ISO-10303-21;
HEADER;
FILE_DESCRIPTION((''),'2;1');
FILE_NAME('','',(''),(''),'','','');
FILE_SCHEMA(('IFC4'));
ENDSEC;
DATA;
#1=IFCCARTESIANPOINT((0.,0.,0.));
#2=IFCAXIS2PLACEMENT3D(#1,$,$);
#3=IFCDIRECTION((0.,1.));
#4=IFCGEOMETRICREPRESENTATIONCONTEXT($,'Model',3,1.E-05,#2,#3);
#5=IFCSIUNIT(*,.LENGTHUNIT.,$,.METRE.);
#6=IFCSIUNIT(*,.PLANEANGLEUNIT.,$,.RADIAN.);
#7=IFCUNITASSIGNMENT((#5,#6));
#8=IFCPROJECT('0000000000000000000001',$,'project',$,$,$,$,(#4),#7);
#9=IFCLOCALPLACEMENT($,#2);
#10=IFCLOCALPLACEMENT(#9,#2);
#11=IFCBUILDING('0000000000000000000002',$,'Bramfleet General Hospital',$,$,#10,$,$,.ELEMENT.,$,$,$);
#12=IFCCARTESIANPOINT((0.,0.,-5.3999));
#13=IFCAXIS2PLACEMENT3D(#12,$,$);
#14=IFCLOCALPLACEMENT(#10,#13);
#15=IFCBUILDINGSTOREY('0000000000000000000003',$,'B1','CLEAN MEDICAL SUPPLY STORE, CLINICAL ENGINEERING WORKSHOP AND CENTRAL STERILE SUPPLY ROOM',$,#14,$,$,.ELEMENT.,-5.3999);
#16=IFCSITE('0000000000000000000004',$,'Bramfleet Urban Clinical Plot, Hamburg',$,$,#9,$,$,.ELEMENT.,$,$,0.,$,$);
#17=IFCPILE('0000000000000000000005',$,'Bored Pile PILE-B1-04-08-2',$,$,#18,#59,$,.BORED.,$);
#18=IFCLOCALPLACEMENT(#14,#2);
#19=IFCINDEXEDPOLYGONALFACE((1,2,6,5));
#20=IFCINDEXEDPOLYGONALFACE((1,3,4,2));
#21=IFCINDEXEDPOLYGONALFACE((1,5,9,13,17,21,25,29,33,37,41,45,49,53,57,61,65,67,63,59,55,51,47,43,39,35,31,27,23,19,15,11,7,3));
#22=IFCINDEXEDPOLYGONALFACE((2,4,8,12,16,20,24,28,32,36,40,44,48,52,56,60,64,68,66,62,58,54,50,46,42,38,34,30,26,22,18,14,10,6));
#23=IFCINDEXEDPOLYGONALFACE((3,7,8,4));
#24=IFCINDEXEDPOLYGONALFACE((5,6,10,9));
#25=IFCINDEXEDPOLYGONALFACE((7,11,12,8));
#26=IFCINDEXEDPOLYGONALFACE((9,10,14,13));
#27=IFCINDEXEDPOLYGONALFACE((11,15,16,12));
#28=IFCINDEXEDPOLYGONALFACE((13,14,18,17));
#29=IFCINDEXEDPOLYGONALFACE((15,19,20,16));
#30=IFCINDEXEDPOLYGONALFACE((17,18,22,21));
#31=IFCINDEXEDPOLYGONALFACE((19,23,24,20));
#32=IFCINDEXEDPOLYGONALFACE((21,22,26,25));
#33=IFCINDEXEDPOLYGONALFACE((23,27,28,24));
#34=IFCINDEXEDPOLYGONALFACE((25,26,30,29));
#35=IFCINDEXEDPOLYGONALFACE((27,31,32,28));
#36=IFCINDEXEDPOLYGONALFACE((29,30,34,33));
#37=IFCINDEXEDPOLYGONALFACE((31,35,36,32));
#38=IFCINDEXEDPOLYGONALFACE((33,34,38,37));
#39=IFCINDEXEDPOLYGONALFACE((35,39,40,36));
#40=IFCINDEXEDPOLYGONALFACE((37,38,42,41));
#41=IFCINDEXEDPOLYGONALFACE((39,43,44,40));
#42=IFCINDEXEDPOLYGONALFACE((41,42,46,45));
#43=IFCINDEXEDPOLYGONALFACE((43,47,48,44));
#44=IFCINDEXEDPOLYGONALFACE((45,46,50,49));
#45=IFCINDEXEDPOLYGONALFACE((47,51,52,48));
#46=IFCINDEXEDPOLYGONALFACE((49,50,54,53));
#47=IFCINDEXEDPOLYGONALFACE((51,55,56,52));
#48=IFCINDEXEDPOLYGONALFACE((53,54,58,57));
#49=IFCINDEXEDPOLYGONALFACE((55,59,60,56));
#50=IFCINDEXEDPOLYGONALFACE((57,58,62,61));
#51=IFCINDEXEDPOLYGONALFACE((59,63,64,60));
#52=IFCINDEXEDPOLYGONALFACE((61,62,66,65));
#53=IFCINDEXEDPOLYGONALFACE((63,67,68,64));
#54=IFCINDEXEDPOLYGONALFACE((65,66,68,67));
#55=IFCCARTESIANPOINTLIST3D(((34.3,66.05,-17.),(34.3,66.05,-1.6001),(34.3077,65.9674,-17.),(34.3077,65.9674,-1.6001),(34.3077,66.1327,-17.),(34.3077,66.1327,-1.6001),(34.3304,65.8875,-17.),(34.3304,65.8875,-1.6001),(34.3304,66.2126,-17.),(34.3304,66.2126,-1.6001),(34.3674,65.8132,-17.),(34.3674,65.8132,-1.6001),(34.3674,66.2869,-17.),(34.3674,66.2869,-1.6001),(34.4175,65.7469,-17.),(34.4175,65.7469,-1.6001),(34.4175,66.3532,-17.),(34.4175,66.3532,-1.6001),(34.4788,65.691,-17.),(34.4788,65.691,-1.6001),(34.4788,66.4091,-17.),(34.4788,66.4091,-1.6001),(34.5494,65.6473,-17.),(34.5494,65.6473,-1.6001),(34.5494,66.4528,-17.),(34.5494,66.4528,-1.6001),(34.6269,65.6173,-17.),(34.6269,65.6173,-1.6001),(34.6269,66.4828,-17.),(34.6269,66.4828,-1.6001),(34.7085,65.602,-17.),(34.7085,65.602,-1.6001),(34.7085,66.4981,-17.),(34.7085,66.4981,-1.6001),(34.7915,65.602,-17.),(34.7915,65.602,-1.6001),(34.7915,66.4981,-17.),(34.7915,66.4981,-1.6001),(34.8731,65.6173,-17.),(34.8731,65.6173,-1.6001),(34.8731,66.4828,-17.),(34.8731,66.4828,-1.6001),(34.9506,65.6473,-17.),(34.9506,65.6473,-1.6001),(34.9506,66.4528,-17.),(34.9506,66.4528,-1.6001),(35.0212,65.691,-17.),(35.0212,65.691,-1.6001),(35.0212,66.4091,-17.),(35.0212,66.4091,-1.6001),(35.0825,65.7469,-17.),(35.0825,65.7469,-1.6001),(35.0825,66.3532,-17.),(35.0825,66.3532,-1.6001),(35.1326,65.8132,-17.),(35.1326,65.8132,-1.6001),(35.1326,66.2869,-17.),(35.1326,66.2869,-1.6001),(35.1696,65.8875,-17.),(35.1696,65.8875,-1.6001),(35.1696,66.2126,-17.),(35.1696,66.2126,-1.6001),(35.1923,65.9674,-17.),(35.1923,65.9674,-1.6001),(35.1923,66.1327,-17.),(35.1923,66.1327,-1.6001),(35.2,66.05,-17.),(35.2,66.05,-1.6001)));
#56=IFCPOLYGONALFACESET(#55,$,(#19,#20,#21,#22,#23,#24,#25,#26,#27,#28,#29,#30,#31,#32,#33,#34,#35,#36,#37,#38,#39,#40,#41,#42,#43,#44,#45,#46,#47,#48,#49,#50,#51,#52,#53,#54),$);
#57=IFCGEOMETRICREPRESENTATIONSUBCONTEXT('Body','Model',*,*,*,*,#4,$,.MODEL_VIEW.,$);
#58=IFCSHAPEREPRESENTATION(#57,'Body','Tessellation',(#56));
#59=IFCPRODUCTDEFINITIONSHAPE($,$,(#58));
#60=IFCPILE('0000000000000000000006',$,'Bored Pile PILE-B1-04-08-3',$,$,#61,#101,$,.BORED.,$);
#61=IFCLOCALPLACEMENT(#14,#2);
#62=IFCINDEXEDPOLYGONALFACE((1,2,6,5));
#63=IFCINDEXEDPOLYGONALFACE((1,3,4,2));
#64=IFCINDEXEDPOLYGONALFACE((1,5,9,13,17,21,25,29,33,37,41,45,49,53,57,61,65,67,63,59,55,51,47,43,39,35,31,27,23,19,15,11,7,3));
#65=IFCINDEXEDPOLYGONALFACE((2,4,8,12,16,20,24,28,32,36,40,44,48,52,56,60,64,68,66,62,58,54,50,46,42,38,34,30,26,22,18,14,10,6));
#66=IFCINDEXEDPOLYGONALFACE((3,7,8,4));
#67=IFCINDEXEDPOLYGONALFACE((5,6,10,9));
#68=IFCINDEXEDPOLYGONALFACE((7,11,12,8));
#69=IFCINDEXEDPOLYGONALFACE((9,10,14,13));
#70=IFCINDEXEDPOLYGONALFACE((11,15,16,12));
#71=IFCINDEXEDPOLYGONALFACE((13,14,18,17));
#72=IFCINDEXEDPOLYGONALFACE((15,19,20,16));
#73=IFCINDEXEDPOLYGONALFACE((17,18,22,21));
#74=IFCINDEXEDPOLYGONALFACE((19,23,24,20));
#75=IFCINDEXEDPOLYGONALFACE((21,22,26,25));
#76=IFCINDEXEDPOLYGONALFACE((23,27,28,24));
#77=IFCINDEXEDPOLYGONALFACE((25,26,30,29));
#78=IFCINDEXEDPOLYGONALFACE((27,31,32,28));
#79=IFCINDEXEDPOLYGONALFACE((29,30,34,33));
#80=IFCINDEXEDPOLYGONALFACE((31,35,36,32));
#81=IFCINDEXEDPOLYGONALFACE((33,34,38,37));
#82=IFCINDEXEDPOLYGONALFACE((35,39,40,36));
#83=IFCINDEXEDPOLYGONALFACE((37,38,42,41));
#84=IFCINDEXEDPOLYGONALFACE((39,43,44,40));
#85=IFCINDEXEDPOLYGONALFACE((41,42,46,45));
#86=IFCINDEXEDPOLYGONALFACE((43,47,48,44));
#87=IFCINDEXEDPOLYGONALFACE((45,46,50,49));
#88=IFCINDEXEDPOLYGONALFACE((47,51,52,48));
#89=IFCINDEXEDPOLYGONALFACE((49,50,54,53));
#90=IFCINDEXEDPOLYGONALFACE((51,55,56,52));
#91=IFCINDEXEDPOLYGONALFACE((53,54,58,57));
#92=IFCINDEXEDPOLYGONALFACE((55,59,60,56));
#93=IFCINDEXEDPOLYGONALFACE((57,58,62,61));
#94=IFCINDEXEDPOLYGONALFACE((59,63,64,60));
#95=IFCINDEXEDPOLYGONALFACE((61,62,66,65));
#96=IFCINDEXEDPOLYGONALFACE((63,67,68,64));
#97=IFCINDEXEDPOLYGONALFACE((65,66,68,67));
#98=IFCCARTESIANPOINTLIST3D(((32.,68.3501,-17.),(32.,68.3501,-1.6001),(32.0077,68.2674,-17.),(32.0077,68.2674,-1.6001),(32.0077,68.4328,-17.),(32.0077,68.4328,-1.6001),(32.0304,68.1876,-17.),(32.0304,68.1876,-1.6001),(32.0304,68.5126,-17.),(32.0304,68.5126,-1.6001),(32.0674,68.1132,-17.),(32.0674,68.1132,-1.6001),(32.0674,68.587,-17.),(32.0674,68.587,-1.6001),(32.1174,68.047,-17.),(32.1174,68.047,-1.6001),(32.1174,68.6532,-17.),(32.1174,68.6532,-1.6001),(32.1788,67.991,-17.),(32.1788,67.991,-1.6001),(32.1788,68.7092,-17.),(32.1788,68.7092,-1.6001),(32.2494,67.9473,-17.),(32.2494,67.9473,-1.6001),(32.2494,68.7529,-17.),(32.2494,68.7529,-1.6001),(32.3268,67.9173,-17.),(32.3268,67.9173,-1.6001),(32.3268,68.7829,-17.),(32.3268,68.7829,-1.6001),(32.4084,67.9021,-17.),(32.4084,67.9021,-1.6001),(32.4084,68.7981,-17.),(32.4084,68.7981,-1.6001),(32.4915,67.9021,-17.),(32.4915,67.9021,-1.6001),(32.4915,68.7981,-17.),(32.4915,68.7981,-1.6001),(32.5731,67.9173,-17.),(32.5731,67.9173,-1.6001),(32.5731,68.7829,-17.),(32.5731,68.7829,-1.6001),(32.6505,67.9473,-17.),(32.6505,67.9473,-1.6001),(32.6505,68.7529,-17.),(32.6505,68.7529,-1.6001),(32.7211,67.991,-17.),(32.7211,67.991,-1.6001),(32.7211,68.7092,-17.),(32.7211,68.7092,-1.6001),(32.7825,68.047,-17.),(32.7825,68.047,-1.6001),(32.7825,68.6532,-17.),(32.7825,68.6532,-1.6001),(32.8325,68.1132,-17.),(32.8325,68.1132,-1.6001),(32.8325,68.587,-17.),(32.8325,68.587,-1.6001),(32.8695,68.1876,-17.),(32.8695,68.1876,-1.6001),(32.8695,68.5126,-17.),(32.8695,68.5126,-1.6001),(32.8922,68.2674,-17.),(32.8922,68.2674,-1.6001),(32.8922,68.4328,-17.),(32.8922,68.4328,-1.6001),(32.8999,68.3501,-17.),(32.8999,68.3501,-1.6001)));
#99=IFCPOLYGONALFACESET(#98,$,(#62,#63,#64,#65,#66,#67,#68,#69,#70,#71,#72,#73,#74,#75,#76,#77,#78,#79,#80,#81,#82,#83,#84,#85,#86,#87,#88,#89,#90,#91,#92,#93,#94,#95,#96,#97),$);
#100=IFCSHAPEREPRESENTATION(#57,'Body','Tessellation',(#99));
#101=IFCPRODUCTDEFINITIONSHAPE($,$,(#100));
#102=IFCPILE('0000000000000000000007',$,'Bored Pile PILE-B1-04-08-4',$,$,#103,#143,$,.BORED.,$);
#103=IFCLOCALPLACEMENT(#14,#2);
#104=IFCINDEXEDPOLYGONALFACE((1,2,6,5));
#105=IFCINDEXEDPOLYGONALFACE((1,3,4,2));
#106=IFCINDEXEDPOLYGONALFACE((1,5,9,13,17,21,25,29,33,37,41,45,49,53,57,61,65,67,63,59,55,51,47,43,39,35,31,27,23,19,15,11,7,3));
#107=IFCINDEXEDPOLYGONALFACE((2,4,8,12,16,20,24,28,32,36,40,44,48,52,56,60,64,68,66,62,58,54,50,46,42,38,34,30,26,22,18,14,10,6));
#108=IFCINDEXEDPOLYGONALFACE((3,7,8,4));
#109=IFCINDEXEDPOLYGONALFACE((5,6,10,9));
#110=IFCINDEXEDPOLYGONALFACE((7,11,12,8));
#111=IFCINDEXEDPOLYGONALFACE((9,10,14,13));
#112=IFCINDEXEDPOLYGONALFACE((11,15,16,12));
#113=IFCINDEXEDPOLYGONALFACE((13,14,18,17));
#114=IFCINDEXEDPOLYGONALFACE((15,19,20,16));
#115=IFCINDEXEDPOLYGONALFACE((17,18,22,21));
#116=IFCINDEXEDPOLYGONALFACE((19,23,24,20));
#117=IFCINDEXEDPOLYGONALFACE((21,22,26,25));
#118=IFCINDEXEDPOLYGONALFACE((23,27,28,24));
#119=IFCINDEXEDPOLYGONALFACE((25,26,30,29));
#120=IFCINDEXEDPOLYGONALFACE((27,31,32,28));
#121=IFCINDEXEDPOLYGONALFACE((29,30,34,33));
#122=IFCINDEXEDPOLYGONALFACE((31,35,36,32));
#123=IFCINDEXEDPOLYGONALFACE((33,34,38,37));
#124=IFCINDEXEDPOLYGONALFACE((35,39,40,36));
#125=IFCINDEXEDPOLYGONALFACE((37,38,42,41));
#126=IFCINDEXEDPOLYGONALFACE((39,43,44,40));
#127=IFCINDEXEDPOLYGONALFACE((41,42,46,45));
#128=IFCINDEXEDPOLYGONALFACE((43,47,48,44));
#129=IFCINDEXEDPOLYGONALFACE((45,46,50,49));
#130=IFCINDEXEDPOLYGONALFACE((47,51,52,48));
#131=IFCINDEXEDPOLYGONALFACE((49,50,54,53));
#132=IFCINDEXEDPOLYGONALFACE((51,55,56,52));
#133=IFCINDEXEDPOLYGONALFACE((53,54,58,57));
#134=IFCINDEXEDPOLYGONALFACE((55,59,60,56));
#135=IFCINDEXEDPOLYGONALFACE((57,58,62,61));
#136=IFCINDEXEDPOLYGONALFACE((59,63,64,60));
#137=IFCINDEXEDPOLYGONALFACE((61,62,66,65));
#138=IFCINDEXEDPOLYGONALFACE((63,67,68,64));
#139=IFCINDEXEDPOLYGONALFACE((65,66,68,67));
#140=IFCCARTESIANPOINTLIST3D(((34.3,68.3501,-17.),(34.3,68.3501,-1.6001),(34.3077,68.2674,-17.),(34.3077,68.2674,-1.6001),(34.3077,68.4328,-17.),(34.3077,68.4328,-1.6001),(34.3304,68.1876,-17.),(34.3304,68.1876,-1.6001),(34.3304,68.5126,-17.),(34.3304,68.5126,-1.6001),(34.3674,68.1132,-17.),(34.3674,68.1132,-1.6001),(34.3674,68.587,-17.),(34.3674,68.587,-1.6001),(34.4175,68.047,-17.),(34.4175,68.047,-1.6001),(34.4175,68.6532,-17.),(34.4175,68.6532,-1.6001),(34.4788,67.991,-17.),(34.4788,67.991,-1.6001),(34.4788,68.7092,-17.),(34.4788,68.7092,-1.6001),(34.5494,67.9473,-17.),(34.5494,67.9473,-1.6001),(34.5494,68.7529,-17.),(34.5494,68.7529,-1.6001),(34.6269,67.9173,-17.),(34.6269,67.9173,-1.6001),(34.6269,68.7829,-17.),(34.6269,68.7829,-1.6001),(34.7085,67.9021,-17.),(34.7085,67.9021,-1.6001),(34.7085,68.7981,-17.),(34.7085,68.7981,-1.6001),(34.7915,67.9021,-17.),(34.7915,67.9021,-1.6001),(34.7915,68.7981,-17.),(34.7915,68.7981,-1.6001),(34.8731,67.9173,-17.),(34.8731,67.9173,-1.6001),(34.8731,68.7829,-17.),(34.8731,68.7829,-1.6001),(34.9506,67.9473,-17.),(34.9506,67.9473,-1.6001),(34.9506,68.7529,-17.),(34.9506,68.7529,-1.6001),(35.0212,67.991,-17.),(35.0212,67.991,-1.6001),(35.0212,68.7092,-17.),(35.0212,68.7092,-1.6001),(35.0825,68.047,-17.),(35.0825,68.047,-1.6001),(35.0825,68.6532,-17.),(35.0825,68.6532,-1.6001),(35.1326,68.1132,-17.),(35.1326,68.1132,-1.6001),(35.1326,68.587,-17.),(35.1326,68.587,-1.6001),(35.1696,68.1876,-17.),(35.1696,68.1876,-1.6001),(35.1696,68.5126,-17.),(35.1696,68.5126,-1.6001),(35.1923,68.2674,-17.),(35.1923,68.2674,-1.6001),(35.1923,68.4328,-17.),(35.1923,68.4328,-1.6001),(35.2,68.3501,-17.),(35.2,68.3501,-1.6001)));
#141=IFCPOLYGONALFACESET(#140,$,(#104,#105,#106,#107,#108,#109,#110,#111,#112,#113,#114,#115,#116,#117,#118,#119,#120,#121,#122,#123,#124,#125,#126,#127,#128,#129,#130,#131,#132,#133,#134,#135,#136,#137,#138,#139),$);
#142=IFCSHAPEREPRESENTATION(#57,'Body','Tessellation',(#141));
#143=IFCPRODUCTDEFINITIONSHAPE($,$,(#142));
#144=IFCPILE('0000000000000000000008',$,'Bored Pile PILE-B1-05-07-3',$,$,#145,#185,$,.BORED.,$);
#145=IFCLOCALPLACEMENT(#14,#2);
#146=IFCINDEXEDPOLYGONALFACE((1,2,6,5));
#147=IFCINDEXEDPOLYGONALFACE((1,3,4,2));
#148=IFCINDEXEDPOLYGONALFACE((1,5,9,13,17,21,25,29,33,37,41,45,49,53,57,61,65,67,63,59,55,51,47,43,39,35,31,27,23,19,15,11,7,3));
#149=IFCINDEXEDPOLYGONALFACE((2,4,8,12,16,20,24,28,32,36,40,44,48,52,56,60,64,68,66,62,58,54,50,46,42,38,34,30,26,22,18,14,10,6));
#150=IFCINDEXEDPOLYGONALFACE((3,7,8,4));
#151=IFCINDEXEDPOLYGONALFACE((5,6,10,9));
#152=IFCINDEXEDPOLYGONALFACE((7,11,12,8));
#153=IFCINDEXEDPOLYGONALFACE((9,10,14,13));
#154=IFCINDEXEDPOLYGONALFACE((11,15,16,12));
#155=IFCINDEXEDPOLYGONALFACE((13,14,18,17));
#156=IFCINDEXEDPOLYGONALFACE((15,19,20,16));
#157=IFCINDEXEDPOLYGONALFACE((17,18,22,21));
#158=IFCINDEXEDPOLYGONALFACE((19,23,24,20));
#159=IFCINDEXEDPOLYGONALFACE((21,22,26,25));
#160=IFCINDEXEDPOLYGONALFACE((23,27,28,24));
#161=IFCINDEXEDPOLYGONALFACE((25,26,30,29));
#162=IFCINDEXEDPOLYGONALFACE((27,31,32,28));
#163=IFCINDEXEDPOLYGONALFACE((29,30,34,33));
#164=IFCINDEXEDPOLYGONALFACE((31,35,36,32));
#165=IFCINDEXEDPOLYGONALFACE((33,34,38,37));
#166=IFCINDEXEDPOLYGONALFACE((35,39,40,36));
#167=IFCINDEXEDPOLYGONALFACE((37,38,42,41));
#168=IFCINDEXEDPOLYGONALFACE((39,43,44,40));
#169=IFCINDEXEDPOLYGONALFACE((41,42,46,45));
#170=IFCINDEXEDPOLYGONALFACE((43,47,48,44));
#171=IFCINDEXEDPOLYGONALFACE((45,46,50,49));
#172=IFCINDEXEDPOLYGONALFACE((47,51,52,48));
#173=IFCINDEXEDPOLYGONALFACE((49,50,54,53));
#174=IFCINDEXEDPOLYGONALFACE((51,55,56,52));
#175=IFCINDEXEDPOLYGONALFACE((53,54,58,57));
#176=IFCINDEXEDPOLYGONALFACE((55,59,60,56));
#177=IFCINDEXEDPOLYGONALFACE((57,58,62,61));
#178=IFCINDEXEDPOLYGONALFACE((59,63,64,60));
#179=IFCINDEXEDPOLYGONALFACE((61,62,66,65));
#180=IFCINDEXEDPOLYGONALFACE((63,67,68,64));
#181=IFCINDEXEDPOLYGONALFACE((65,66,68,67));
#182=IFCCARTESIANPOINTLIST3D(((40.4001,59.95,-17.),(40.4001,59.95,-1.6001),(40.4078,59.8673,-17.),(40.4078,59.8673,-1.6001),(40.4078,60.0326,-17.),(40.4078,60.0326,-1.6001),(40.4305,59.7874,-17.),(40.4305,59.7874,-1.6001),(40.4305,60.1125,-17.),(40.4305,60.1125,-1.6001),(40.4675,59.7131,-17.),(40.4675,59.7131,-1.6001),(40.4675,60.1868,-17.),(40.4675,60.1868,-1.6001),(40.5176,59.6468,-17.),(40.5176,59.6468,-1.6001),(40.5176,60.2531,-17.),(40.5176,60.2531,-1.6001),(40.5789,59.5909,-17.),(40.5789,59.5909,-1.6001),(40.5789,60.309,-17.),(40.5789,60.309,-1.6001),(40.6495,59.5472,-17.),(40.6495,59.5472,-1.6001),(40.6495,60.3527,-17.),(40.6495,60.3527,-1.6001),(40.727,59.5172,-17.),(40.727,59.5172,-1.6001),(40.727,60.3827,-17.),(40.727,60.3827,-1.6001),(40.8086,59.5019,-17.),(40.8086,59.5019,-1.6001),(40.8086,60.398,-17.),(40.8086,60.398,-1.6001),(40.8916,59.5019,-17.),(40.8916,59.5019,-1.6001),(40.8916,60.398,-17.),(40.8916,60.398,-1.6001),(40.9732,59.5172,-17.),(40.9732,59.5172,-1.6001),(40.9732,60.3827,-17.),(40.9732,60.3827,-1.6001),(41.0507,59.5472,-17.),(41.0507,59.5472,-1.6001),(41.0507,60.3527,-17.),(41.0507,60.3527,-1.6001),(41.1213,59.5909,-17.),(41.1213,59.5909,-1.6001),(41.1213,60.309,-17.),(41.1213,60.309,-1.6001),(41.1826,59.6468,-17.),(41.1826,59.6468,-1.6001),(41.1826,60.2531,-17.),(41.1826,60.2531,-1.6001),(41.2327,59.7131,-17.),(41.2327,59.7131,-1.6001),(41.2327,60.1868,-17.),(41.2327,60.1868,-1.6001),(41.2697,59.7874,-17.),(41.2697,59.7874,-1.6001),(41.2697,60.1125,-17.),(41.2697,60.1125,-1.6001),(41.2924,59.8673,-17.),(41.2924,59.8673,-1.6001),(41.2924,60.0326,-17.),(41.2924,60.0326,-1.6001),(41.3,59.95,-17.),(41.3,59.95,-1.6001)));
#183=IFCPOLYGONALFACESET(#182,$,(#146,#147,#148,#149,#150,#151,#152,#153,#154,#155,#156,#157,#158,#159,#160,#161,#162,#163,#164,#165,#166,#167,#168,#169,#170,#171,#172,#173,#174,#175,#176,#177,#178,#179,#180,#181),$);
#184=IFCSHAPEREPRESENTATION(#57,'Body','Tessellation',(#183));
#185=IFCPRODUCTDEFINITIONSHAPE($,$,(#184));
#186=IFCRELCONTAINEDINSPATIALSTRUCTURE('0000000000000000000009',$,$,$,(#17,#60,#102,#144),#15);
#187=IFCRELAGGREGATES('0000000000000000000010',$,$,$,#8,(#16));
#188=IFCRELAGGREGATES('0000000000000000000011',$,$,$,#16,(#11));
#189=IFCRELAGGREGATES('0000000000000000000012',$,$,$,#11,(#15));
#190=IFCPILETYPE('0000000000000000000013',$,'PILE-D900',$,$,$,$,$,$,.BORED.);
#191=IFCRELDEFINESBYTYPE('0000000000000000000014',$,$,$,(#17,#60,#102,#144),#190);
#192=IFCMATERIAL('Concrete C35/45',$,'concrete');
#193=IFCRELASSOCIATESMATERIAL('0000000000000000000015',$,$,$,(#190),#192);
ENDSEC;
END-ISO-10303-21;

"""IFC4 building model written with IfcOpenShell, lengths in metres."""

from ifc_helpers import new_model, si_unit, direction, frame, origin, origin_2d, place, context, subcontext, project, spatial, circle, extrude, material, material_profile, profile_set, type_object, element, save


model = new_model("IFC4")

# Units and contexts
model_context = context("Model", 3, precision=1e-05, world=origin(), true_north=direction((0.0, 1.0)))
body_context = subcontext(model_context, "Body", "Model", "MODEL_VIEW")
ifc_project = project(units=[si_unit("LENGTHUNIT", "METRE"), si_unit("PLANEANGLEUNIT", "RADIAN")], contexts=[model_context])

# Site, building, storey
site_placement = place(None, origin())
site = spatial("IfcSite", under=ifc_project, at=site_placement, Name="Bramfleet Urban Clinical Plot, Hamburg", CompositionType="ELEMENT", RefElevation=0.0)
building_placement = place(site_placement, origin())
building = spatial("IfcBuilding", under=site, at=building_placement, Name="Bramfleet General Hospital", CompositionType="ELEMENT")
storey_placement = place(building_placement, frame((0.0, 0.0, -5.3999)))
storey = spatial("IfcBuildingStorey", under=building, at=storey_placement, Name="B1", Description="CLEAN MEDICAL SUPPLY STORE, CLINICAL ENGINEERING WORKSHOP AND CENTRAL STERILE SUPPLY ROOM", CompositionType="ELEMENT", Elevation=-5.3999)

# Shared definitions
ifc_material_1 = material(Name="Concrete C35/45", Category="concrete")

# Piles
ifc_material_profile_1 = material_profile(ifc_material_1, circle(Radius=0.45, at=origin_2d()), Name="PILE BORED D900")
ifc_profile_set_1 = profile_set([ifc_material_profile_1], Name="Concrete C35/45")
pile_type = type_object("IfcPileType", Name="PILE-D900", PredefinedType="BORED", material=ifc_profile_set_1)
for number, where, z_axis, x_axis, name in (
    (1, (34.75, 66.05, -1.6001), (0.0, 0.0, -1.0), (1.0, 0.0, 0.0), "Bored Pile PILE-B1-04-08-2"),
    (2, (32.45, 68.3501, -1.6001), (0.0, 0.0, -1.0), (1.0, 0.0, 0.0), "Bored Pile PILE-B1-04-08-3"),
    (3, (34.75, 68.3501, -1.6001), (0.0, 0.0, -1.0), (1.0, 0.0, 0.0), "Bored Pile PILE-B1-04-08-4"),
    (4, (40.8501, 59.95, -1.6001), (0.0, 0.0, -1.0), (1.0, 0.0, 0.0), "Bored Pile PILE-B1-05-07-3"),
):
    element("IfcPile", number, at=place(storey_placement, frame(where, z_axis=z_axis, x_axis=x_axis)), inside=storey, type_object=pile_type, Name=name, PredefinedType="BORED", context=body_context, shape_type="SweptSolid", body=[
        extrude(circle(Radius=0.45, at=origin_2d()), origin(), (0.0, 0.0, 1.0), 15.3999),
    ])

save(model, "model.ifc")
